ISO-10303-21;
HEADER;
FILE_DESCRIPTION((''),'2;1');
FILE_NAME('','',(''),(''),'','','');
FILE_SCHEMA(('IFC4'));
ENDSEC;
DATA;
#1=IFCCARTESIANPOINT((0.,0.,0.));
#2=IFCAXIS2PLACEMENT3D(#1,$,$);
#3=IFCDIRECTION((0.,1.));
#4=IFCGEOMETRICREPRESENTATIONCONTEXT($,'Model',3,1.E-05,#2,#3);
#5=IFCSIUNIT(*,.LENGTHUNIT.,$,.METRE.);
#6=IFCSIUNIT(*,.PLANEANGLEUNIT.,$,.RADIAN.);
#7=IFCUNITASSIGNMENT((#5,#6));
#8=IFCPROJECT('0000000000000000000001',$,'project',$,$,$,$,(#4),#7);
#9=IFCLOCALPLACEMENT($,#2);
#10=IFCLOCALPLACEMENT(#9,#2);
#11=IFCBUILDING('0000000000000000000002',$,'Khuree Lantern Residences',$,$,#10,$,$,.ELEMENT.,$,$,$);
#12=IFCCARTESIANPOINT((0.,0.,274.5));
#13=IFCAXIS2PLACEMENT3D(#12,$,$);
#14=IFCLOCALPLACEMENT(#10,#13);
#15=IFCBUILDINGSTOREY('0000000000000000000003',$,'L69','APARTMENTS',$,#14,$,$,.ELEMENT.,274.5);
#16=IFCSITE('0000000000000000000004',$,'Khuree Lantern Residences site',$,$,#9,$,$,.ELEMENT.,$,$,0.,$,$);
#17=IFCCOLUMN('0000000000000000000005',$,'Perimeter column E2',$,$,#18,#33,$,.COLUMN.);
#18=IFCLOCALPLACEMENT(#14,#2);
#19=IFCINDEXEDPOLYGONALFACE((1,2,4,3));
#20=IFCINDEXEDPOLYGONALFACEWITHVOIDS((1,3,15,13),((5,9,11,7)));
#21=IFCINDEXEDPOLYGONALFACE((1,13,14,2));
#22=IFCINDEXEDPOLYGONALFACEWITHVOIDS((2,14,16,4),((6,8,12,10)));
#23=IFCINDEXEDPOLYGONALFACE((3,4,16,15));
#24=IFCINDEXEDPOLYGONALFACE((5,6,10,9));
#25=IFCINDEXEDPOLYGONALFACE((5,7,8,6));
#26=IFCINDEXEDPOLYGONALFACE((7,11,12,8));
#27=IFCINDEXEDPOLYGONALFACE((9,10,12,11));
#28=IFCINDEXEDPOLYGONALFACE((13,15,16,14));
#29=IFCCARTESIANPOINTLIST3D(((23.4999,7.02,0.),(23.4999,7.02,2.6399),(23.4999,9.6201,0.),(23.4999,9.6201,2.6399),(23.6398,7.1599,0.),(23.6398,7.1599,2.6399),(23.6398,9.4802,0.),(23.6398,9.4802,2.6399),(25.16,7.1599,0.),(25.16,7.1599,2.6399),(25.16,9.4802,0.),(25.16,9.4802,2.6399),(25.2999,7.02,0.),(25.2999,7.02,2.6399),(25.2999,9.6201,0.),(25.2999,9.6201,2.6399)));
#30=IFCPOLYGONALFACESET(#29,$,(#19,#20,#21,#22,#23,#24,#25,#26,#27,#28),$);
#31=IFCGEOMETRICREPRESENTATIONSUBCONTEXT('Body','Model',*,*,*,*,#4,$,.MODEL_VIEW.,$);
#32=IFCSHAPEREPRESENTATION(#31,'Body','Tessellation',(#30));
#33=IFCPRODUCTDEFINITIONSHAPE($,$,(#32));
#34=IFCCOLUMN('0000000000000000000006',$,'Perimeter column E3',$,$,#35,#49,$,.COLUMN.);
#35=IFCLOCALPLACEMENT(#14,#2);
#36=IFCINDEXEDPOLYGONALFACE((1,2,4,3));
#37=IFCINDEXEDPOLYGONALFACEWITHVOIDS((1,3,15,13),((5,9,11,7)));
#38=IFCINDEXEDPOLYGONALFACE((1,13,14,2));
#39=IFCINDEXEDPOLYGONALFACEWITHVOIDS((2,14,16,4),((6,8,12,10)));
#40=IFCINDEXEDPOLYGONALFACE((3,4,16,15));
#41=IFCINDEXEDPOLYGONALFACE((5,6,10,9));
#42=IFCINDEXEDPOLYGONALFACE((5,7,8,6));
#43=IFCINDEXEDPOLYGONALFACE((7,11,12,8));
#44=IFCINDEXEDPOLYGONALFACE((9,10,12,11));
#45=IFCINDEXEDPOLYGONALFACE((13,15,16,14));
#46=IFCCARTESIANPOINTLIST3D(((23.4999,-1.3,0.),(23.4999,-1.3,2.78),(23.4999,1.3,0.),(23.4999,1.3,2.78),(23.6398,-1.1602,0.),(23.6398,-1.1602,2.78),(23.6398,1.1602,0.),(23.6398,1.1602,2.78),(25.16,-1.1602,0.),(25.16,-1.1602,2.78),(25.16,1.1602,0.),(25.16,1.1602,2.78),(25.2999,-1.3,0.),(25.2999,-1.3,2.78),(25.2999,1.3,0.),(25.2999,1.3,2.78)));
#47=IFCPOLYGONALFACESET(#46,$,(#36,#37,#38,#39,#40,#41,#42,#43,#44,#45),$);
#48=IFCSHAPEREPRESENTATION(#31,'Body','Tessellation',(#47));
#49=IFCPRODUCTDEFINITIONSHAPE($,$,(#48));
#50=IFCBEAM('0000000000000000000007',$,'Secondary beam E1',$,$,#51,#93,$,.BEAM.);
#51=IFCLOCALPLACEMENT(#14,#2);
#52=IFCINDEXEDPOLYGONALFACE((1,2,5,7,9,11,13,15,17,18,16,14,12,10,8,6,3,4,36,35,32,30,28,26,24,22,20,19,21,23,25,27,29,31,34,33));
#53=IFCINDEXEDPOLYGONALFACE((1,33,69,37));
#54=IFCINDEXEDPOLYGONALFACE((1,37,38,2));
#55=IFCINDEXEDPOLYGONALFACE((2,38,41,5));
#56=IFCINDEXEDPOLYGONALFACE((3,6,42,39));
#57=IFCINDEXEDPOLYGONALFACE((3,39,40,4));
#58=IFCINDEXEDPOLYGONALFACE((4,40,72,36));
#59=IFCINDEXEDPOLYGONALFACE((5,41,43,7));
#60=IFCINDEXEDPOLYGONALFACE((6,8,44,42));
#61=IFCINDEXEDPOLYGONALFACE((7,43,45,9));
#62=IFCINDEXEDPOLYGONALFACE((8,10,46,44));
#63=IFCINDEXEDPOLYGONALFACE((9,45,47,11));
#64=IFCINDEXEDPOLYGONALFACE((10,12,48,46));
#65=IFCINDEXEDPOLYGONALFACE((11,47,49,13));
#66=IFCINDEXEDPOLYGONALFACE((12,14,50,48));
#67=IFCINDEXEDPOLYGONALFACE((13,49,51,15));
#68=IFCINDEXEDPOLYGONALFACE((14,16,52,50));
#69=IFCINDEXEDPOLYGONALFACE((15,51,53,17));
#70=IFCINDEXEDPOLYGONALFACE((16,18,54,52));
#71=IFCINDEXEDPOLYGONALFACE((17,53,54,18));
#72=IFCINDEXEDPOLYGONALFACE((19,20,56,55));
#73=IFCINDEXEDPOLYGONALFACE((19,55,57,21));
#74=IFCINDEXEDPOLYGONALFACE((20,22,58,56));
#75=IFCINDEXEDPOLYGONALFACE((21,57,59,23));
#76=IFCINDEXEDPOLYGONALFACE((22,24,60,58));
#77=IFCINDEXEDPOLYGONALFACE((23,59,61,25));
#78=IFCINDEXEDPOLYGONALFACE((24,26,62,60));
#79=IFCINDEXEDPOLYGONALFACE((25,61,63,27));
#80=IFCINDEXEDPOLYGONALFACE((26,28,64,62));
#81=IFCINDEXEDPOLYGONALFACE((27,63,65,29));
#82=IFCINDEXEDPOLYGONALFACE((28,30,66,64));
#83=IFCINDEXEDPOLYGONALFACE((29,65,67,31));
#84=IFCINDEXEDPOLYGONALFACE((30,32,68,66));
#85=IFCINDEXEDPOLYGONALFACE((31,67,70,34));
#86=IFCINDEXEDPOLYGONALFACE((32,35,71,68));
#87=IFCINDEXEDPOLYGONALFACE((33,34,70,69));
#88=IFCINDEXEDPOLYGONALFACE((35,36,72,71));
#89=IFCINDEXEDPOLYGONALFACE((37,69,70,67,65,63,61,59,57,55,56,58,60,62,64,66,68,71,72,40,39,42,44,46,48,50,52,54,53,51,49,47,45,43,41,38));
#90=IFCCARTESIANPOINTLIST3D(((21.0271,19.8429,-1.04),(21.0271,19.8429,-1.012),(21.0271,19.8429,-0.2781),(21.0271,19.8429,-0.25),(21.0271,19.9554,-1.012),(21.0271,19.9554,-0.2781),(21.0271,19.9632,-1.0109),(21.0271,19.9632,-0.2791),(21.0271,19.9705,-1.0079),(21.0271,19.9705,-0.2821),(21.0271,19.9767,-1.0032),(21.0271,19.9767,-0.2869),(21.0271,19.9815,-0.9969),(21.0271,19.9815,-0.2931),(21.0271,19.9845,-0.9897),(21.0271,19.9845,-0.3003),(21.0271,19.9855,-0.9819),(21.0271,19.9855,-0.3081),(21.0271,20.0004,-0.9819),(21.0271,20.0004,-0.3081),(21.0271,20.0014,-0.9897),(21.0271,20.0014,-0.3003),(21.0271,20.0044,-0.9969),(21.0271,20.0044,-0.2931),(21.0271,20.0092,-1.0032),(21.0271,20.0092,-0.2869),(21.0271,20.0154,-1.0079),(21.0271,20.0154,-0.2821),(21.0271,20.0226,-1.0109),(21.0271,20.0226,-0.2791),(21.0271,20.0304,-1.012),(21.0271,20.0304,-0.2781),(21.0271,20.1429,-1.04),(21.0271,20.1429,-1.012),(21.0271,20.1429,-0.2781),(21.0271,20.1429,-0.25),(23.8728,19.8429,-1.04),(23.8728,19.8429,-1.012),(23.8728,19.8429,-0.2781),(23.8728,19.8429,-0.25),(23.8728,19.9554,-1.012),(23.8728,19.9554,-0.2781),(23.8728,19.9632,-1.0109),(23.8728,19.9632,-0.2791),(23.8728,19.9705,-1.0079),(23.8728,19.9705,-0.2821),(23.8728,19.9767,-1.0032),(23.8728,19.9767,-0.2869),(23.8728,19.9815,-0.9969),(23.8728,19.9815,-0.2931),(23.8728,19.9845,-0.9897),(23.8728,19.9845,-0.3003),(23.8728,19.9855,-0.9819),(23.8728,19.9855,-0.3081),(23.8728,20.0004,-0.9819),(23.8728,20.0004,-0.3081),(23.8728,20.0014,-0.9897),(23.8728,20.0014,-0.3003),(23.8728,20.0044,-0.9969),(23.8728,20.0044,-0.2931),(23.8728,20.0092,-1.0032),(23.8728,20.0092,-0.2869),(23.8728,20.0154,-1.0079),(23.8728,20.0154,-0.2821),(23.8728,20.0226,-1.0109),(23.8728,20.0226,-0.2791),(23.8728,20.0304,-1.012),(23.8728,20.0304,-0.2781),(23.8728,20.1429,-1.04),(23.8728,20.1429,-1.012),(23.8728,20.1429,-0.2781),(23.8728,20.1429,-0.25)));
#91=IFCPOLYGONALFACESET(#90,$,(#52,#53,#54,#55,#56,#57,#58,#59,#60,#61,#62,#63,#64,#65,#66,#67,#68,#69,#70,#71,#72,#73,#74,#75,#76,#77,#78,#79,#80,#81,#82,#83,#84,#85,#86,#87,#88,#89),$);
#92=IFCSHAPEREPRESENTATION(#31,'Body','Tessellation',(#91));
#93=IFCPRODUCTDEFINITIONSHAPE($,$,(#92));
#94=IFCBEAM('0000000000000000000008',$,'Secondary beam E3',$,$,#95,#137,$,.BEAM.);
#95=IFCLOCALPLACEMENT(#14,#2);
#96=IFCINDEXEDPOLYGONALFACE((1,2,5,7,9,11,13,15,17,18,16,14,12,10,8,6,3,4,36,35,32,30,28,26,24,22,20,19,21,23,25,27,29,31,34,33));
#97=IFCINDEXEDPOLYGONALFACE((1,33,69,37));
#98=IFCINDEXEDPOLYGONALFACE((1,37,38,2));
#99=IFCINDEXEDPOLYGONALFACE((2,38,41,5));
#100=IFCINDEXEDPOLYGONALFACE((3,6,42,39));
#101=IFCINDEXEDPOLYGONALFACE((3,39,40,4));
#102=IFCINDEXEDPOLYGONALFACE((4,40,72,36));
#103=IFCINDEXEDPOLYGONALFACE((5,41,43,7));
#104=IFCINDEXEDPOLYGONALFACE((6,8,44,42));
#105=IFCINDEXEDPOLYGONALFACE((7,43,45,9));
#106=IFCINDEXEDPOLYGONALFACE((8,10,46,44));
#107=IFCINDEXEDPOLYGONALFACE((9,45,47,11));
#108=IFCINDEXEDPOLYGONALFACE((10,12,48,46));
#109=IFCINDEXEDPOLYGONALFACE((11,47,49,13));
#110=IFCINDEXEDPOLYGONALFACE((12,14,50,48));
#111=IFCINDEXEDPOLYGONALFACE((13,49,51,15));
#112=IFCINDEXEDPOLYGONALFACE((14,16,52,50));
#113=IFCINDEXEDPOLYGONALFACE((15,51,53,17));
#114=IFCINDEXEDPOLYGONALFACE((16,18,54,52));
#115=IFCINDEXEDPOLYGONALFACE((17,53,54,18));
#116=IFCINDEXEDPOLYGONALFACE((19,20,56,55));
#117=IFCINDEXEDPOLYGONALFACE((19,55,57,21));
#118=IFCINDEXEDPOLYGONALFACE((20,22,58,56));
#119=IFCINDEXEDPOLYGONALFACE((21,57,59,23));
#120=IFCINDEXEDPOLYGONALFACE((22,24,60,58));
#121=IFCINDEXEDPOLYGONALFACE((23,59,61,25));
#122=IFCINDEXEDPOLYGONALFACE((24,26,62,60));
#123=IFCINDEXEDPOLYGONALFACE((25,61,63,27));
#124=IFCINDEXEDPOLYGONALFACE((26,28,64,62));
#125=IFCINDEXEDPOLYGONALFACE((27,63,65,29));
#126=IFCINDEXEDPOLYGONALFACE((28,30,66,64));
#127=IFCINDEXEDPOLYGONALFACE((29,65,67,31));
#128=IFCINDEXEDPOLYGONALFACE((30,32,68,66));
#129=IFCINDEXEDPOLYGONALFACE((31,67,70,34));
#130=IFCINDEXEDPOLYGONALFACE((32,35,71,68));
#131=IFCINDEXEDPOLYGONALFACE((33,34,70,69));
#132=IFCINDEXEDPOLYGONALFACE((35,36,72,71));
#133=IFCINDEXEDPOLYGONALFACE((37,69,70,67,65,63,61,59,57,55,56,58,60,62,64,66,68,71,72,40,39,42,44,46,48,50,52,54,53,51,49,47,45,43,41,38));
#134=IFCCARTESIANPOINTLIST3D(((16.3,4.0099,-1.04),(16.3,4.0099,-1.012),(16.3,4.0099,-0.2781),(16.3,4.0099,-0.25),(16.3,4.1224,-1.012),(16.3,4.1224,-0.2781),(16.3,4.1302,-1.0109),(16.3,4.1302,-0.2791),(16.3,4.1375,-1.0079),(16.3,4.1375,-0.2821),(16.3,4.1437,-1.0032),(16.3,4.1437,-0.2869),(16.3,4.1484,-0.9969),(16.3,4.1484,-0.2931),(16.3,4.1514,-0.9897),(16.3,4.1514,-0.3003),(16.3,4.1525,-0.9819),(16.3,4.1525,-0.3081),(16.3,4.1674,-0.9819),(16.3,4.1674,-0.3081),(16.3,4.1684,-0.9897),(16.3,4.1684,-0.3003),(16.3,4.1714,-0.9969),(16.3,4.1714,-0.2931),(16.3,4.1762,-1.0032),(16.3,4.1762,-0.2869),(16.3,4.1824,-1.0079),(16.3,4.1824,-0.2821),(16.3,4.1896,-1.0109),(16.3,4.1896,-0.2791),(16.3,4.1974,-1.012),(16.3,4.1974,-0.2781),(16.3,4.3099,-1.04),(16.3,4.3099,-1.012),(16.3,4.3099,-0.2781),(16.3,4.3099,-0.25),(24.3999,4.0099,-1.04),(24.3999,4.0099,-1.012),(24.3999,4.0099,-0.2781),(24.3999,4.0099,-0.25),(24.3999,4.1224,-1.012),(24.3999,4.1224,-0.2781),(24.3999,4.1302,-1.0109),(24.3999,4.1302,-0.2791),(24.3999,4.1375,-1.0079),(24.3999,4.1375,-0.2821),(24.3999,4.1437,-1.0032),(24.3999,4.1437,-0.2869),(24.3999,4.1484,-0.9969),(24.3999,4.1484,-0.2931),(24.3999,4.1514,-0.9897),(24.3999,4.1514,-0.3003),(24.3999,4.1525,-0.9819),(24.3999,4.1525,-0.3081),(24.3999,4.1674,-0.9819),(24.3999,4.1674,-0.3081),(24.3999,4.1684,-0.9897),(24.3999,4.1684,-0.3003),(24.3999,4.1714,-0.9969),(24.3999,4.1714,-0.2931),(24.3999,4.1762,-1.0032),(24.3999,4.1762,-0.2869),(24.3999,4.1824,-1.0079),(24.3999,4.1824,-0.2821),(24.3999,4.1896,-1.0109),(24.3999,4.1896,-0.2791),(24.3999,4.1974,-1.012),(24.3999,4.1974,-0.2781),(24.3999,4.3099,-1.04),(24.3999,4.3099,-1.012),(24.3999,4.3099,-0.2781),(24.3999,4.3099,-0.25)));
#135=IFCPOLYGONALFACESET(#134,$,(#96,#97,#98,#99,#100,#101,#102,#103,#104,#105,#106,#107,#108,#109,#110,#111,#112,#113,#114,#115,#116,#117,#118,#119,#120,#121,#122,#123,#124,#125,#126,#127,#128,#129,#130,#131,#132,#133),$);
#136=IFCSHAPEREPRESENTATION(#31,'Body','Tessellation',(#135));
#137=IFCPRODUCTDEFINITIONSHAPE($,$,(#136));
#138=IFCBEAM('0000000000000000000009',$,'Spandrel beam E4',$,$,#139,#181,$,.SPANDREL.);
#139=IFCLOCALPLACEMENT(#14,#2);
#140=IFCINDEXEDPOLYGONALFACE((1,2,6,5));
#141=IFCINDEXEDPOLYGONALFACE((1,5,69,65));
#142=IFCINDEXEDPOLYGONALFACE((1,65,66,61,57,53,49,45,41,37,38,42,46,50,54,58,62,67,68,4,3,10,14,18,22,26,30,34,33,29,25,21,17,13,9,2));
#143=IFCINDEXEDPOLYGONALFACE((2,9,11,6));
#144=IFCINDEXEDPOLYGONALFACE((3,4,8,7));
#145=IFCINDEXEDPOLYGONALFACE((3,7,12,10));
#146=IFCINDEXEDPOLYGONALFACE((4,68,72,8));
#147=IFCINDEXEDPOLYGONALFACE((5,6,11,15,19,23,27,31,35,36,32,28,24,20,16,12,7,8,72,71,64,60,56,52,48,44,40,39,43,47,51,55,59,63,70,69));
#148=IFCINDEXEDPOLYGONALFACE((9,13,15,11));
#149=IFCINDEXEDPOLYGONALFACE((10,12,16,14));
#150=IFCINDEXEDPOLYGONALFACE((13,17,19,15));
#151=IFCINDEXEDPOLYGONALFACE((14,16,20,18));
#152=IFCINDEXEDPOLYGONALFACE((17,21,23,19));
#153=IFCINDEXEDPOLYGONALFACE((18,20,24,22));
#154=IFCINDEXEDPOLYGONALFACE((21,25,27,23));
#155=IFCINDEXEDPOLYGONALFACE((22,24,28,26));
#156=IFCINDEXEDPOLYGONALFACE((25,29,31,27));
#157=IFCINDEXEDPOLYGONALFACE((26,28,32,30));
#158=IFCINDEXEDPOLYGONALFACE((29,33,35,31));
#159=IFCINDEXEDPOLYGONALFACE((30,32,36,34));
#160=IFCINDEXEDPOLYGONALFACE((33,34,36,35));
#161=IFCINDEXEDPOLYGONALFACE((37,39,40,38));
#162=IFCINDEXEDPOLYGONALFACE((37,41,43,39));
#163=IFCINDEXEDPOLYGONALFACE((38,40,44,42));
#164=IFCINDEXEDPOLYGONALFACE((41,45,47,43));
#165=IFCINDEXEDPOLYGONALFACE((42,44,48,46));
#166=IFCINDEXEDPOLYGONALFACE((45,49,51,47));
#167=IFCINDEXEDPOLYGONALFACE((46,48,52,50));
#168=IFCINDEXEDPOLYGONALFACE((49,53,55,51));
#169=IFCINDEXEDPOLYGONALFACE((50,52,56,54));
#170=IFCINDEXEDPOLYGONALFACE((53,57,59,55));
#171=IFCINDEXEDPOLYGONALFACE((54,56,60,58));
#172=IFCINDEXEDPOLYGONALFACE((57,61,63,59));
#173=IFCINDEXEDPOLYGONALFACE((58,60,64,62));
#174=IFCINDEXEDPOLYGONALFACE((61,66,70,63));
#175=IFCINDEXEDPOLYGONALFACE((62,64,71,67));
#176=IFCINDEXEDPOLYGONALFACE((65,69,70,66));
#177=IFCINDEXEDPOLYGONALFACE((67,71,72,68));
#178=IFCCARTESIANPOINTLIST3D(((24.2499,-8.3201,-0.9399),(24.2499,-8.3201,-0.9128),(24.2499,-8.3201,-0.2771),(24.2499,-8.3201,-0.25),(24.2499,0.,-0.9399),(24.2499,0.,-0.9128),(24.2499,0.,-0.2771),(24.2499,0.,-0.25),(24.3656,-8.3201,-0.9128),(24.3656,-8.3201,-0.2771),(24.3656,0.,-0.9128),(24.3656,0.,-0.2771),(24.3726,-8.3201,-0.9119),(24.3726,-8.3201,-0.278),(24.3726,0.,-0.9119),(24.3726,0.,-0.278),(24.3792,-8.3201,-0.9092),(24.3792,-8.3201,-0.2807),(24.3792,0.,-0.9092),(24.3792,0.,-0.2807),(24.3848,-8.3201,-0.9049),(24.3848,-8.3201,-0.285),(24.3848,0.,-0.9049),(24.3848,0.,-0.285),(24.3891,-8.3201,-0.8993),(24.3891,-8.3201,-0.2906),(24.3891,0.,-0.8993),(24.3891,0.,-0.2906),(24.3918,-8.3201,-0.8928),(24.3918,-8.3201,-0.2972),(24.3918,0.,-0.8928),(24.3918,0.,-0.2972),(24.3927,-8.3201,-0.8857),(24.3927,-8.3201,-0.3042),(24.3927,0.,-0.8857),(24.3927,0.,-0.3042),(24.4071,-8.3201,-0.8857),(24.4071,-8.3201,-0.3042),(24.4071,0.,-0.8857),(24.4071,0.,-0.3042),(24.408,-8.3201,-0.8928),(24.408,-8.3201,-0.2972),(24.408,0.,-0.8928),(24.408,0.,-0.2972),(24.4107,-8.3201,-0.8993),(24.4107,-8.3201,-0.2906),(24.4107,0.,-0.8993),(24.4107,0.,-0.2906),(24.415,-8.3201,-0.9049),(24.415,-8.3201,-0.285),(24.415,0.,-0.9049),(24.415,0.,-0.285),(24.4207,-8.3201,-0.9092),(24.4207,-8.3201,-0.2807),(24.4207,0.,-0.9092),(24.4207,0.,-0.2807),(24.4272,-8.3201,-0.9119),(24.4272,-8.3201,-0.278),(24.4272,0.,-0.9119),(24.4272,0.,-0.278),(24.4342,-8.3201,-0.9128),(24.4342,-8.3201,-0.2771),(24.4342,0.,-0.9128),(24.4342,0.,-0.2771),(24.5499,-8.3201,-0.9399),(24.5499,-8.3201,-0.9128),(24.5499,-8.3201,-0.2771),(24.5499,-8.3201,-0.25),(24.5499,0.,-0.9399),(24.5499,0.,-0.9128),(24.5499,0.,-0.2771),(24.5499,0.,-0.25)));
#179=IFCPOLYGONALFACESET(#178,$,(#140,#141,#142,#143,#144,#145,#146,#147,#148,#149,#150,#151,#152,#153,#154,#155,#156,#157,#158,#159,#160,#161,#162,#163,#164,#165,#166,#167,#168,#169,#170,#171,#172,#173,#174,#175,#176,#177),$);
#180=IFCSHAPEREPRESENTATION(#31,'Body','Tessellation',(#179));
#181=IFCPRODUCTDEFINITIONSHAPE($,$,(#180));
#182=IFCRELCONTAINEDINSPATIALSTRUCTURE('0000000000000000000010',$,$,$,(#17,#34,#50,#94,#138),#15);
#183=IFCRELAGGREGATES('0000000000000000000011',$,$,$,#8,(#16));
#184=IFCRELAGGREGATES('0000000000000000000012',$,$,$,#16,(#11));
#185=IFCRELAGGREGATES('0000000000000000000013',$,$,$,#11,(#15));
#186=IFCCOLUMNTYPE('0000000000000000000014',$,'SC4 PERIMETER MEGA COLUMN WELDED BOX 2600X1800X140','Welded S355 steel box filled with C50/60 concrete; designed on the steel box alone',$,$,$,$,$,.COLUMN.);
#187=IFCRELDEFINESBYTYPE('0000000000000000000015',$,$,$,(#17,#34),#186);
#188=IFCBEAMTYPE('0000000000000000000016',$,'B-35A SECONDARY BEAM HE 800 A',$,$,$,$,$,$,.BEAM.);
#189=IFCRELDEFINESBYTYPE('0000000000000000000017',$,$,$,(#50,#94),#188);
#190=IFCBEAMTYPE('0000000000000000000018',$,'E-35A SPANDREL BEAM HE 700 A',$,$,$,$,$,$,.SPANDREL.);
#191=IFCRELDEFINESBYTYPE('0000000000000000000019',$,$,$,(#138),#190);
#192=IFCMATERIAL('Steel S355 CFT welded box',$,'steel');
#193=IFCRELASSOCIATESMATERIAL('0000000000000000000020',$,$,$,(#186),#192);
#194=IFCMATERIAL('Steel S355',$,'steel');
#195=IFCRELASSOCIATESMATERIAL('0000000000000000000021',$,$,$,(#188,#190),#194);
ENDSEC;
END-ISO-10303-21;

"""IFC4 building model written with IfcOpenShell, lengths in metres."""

from ifc_helpers import new_model, si_unit, direction, frame, origin, origin_2d, place, context, subcontext, project, spatial, hollow_rectangle, i_section, extrude, material, material_profile, profile_set, type_object, element, save


model = new_model("IFC4")

# Units and contexts
model_context = context("Model", 3, precision=1e-05, world=origin(), true_north=direction((0.0, 1.0)))
body_context = subcontext(model_context, "Body", "Model", "MODEL_VIEW")
ifc_project = project(units=[si_unit("LENGTHUNIT", "METRE"), si_unit("PLANEANGLEUNIT", "RADIAN")], contexts=[model_context])

# Site, building, storey
site_placement = place(None, origin())
site = spatial("IfcSite", under=ifc_project, at=site_placement, Name="Khuree Lantern Residences site", CompositionType="ELEMENT", RefElevation=0.0)
building_placement = place(site_placement, origin())
building = spatial("IfcBuilding", under=site, at=building_placement, Name="Khuree Lantern Residences", CompositionType="ELEMENT")
storey_placement = place(building_placement, frame((0.0, 0.0, 274.5)))
storey = spatial("IfcBuildingStorey", under=building, at=storey_placement, Name="L69", Description="APARTMENTS", CompositionType="ELEMENT", Elevation=274.5)

# Columns
ifc_material_1 = material(Name="Steel S355 CFT welded box", Category="steel")
ifc_material_profile_1 = material_profile(ifc_material_1, hollow_rectangle(XDim=2.6001, YDim=1.8, WallThickness=0.1399, at=origin_2d()), Name="WELDED BOX 2600X1800X140")
ifc_profile_set_1 = profile_set([ifc_material_profile_1], Name="Steel S355 CFT welded box")
column_type = type_object("IfcColumnType", Name="SC4 PERIMETER MEGA COLUMN WELDED BOX 2600X1800X140", Description="Welded S355 steel box filled with C50/60 concrete; designed on the steel box alone", PredefinedType="COLUMN", material=ifc_profile_set_1)
column_1_placement = place(storey_placement, frame((24.3999, 8.3201, 0.0), z_axis=(0.0, 0.0, 1.0), x_axis=(0.0, 1.0, 0.0)))
element("IfcColumn", 1, at=column_1_placement, inside=storey, type_object=column_type, Name="Perimeter column E2", PredefinedType="COLUMN", context=body_context, shape_type="SweptSolid", body=[
    extrude(hollow_rectangle(XDim=2.6001, YDim=1.8, WallThickness=0.1399, at=origin_2d()), origin(), (0.0, 0.0, 1.0), 2.6399),
])
column_2_placement = place(storey_placement, frame((24.3999, 0.0, 0.0), z_axis=(0.0, 0.0, 1.0), x_axis=(0.0, 1.0, 0.0)))
element("IfcColumn", 2, at=column_2_placement, inside=storey, type_object=column_type, Name="Perimeter column E3", PredefinedType="COLUMN", context=body_context, shape_type="SweptSolid", body=[
    extrude(hollow_rectangle(XDim=2.6001, YDim=1.8, WallThickness=0.1399, at=origin_2d()), origin(), (0.0, 0.0, 1.0), 2.78),
])

# Beams
ifc_material_2 = material(Name="Steel S355", Category="steel")
ifc_material_profile_2 = material_profile(ifc_material_2, i_section(OverallWidth=0.3, OverallDepth=0.79, WebThickness=0.0149, FlangeThickness=0.0281, FilletRadius=0.03, at=origin_2d()), Name="HE 800 A")
ifc_profile_set_2 = profile_set([ifc_material_profile_2], Name="Steel S355")
beam_type_1 = type_object("IfcBeamType", Name="B-35A SECONDARY BEAM HE 800 A", PredefinedType="BEAM", material=ifc_profile_set_2)
beam_1_placement = place(storey_placement, frame((23.8728, 19.9929, -0.645), z_axis=(-1.0, 0.0, 0.0), x_axis=(0.0, -1.0, 0.0)))
element("IfcBeam", 3, at=beam_1_placement, inside=storey, type_object=beam_type_1, Name="Secondary beam E1", PredefinedType="BEAM", context=body_context, shape_type="SweptSolid", body=[
    extrude(i_section(OverallWidth=0.3, OverallDepth=0.79, WebThickness=0.0149, FlangeThickness=0.0281, FilletRadius=0.03, at=origin_2d()), origin(), (0.0, 0.0, 1.0), 2.8457),
])
beam_2_placement = place(storey_placement, frame((24.3999, 4.1599, -0.645), z_axis=(-1.0, 0.0, 0.0), x_axis=(0.0, -1.0, 0.0)))
element("IfcBeam", 4, at=beam_2_placement, inside=storey, type_object=beam_type_1, Name="Secondary beam E3", PredefinedType="BEAM", context=body_context, shape_type="SweptSolid", body=[
    extrude(i_section(OverallWidth=0.3, OverallDepth=0.79, WebThickness=0.0149, FlangeThickness=0.0281, FilletRadius=0.03, at=origin_2d()), origin(), (0.0, 0.0, 1.0), 8.0999),
])
ifc_material_profile_3 = material_profile(ifc_material_2, i_section(OverallWidth=0.3, OverallDepth=0.6899, WebThickness=0.0144, FlangeThickness=0.0271, FilletRadius=0.0271, at=origin_2d()), Name="HE 700 A")
ifc_profile_set_3 = profile_set([ifc_material_profile_3], Name="Steel S355")
beam_type_2 = type_object("IfcBeamType", Name="E-35A SPANDREL BEAM HE 700 A", PredefinedType="SPANDREL", material=ifc_profile_set_3)
beam_3_placement = place(storey_placement, frame((24.3999, 0.0, -0.595), z_axis=(0.0, -1.0, 0.0), x_axis=(1.0, 0.0, 0.0)))
element("IfcBeam", 5, at=beam_3_placement, inside=storey, type_object=beam_type_2, Name="Spandrel beam E4", PredefinedType="SPANDREL", context=body_context, shape_type="SweptSolid", body=[
    extrude(i_section(OverallWidth=0.3, OverallDepth=0.6899, WebThickness=0.0144, FlangeThickness=0.0271, FilletRadius=0.0271, at=origin_2d()), origin(), (0.0, 0.0, 1.0), 8.3201),
])

save(model, "model.ifc")
